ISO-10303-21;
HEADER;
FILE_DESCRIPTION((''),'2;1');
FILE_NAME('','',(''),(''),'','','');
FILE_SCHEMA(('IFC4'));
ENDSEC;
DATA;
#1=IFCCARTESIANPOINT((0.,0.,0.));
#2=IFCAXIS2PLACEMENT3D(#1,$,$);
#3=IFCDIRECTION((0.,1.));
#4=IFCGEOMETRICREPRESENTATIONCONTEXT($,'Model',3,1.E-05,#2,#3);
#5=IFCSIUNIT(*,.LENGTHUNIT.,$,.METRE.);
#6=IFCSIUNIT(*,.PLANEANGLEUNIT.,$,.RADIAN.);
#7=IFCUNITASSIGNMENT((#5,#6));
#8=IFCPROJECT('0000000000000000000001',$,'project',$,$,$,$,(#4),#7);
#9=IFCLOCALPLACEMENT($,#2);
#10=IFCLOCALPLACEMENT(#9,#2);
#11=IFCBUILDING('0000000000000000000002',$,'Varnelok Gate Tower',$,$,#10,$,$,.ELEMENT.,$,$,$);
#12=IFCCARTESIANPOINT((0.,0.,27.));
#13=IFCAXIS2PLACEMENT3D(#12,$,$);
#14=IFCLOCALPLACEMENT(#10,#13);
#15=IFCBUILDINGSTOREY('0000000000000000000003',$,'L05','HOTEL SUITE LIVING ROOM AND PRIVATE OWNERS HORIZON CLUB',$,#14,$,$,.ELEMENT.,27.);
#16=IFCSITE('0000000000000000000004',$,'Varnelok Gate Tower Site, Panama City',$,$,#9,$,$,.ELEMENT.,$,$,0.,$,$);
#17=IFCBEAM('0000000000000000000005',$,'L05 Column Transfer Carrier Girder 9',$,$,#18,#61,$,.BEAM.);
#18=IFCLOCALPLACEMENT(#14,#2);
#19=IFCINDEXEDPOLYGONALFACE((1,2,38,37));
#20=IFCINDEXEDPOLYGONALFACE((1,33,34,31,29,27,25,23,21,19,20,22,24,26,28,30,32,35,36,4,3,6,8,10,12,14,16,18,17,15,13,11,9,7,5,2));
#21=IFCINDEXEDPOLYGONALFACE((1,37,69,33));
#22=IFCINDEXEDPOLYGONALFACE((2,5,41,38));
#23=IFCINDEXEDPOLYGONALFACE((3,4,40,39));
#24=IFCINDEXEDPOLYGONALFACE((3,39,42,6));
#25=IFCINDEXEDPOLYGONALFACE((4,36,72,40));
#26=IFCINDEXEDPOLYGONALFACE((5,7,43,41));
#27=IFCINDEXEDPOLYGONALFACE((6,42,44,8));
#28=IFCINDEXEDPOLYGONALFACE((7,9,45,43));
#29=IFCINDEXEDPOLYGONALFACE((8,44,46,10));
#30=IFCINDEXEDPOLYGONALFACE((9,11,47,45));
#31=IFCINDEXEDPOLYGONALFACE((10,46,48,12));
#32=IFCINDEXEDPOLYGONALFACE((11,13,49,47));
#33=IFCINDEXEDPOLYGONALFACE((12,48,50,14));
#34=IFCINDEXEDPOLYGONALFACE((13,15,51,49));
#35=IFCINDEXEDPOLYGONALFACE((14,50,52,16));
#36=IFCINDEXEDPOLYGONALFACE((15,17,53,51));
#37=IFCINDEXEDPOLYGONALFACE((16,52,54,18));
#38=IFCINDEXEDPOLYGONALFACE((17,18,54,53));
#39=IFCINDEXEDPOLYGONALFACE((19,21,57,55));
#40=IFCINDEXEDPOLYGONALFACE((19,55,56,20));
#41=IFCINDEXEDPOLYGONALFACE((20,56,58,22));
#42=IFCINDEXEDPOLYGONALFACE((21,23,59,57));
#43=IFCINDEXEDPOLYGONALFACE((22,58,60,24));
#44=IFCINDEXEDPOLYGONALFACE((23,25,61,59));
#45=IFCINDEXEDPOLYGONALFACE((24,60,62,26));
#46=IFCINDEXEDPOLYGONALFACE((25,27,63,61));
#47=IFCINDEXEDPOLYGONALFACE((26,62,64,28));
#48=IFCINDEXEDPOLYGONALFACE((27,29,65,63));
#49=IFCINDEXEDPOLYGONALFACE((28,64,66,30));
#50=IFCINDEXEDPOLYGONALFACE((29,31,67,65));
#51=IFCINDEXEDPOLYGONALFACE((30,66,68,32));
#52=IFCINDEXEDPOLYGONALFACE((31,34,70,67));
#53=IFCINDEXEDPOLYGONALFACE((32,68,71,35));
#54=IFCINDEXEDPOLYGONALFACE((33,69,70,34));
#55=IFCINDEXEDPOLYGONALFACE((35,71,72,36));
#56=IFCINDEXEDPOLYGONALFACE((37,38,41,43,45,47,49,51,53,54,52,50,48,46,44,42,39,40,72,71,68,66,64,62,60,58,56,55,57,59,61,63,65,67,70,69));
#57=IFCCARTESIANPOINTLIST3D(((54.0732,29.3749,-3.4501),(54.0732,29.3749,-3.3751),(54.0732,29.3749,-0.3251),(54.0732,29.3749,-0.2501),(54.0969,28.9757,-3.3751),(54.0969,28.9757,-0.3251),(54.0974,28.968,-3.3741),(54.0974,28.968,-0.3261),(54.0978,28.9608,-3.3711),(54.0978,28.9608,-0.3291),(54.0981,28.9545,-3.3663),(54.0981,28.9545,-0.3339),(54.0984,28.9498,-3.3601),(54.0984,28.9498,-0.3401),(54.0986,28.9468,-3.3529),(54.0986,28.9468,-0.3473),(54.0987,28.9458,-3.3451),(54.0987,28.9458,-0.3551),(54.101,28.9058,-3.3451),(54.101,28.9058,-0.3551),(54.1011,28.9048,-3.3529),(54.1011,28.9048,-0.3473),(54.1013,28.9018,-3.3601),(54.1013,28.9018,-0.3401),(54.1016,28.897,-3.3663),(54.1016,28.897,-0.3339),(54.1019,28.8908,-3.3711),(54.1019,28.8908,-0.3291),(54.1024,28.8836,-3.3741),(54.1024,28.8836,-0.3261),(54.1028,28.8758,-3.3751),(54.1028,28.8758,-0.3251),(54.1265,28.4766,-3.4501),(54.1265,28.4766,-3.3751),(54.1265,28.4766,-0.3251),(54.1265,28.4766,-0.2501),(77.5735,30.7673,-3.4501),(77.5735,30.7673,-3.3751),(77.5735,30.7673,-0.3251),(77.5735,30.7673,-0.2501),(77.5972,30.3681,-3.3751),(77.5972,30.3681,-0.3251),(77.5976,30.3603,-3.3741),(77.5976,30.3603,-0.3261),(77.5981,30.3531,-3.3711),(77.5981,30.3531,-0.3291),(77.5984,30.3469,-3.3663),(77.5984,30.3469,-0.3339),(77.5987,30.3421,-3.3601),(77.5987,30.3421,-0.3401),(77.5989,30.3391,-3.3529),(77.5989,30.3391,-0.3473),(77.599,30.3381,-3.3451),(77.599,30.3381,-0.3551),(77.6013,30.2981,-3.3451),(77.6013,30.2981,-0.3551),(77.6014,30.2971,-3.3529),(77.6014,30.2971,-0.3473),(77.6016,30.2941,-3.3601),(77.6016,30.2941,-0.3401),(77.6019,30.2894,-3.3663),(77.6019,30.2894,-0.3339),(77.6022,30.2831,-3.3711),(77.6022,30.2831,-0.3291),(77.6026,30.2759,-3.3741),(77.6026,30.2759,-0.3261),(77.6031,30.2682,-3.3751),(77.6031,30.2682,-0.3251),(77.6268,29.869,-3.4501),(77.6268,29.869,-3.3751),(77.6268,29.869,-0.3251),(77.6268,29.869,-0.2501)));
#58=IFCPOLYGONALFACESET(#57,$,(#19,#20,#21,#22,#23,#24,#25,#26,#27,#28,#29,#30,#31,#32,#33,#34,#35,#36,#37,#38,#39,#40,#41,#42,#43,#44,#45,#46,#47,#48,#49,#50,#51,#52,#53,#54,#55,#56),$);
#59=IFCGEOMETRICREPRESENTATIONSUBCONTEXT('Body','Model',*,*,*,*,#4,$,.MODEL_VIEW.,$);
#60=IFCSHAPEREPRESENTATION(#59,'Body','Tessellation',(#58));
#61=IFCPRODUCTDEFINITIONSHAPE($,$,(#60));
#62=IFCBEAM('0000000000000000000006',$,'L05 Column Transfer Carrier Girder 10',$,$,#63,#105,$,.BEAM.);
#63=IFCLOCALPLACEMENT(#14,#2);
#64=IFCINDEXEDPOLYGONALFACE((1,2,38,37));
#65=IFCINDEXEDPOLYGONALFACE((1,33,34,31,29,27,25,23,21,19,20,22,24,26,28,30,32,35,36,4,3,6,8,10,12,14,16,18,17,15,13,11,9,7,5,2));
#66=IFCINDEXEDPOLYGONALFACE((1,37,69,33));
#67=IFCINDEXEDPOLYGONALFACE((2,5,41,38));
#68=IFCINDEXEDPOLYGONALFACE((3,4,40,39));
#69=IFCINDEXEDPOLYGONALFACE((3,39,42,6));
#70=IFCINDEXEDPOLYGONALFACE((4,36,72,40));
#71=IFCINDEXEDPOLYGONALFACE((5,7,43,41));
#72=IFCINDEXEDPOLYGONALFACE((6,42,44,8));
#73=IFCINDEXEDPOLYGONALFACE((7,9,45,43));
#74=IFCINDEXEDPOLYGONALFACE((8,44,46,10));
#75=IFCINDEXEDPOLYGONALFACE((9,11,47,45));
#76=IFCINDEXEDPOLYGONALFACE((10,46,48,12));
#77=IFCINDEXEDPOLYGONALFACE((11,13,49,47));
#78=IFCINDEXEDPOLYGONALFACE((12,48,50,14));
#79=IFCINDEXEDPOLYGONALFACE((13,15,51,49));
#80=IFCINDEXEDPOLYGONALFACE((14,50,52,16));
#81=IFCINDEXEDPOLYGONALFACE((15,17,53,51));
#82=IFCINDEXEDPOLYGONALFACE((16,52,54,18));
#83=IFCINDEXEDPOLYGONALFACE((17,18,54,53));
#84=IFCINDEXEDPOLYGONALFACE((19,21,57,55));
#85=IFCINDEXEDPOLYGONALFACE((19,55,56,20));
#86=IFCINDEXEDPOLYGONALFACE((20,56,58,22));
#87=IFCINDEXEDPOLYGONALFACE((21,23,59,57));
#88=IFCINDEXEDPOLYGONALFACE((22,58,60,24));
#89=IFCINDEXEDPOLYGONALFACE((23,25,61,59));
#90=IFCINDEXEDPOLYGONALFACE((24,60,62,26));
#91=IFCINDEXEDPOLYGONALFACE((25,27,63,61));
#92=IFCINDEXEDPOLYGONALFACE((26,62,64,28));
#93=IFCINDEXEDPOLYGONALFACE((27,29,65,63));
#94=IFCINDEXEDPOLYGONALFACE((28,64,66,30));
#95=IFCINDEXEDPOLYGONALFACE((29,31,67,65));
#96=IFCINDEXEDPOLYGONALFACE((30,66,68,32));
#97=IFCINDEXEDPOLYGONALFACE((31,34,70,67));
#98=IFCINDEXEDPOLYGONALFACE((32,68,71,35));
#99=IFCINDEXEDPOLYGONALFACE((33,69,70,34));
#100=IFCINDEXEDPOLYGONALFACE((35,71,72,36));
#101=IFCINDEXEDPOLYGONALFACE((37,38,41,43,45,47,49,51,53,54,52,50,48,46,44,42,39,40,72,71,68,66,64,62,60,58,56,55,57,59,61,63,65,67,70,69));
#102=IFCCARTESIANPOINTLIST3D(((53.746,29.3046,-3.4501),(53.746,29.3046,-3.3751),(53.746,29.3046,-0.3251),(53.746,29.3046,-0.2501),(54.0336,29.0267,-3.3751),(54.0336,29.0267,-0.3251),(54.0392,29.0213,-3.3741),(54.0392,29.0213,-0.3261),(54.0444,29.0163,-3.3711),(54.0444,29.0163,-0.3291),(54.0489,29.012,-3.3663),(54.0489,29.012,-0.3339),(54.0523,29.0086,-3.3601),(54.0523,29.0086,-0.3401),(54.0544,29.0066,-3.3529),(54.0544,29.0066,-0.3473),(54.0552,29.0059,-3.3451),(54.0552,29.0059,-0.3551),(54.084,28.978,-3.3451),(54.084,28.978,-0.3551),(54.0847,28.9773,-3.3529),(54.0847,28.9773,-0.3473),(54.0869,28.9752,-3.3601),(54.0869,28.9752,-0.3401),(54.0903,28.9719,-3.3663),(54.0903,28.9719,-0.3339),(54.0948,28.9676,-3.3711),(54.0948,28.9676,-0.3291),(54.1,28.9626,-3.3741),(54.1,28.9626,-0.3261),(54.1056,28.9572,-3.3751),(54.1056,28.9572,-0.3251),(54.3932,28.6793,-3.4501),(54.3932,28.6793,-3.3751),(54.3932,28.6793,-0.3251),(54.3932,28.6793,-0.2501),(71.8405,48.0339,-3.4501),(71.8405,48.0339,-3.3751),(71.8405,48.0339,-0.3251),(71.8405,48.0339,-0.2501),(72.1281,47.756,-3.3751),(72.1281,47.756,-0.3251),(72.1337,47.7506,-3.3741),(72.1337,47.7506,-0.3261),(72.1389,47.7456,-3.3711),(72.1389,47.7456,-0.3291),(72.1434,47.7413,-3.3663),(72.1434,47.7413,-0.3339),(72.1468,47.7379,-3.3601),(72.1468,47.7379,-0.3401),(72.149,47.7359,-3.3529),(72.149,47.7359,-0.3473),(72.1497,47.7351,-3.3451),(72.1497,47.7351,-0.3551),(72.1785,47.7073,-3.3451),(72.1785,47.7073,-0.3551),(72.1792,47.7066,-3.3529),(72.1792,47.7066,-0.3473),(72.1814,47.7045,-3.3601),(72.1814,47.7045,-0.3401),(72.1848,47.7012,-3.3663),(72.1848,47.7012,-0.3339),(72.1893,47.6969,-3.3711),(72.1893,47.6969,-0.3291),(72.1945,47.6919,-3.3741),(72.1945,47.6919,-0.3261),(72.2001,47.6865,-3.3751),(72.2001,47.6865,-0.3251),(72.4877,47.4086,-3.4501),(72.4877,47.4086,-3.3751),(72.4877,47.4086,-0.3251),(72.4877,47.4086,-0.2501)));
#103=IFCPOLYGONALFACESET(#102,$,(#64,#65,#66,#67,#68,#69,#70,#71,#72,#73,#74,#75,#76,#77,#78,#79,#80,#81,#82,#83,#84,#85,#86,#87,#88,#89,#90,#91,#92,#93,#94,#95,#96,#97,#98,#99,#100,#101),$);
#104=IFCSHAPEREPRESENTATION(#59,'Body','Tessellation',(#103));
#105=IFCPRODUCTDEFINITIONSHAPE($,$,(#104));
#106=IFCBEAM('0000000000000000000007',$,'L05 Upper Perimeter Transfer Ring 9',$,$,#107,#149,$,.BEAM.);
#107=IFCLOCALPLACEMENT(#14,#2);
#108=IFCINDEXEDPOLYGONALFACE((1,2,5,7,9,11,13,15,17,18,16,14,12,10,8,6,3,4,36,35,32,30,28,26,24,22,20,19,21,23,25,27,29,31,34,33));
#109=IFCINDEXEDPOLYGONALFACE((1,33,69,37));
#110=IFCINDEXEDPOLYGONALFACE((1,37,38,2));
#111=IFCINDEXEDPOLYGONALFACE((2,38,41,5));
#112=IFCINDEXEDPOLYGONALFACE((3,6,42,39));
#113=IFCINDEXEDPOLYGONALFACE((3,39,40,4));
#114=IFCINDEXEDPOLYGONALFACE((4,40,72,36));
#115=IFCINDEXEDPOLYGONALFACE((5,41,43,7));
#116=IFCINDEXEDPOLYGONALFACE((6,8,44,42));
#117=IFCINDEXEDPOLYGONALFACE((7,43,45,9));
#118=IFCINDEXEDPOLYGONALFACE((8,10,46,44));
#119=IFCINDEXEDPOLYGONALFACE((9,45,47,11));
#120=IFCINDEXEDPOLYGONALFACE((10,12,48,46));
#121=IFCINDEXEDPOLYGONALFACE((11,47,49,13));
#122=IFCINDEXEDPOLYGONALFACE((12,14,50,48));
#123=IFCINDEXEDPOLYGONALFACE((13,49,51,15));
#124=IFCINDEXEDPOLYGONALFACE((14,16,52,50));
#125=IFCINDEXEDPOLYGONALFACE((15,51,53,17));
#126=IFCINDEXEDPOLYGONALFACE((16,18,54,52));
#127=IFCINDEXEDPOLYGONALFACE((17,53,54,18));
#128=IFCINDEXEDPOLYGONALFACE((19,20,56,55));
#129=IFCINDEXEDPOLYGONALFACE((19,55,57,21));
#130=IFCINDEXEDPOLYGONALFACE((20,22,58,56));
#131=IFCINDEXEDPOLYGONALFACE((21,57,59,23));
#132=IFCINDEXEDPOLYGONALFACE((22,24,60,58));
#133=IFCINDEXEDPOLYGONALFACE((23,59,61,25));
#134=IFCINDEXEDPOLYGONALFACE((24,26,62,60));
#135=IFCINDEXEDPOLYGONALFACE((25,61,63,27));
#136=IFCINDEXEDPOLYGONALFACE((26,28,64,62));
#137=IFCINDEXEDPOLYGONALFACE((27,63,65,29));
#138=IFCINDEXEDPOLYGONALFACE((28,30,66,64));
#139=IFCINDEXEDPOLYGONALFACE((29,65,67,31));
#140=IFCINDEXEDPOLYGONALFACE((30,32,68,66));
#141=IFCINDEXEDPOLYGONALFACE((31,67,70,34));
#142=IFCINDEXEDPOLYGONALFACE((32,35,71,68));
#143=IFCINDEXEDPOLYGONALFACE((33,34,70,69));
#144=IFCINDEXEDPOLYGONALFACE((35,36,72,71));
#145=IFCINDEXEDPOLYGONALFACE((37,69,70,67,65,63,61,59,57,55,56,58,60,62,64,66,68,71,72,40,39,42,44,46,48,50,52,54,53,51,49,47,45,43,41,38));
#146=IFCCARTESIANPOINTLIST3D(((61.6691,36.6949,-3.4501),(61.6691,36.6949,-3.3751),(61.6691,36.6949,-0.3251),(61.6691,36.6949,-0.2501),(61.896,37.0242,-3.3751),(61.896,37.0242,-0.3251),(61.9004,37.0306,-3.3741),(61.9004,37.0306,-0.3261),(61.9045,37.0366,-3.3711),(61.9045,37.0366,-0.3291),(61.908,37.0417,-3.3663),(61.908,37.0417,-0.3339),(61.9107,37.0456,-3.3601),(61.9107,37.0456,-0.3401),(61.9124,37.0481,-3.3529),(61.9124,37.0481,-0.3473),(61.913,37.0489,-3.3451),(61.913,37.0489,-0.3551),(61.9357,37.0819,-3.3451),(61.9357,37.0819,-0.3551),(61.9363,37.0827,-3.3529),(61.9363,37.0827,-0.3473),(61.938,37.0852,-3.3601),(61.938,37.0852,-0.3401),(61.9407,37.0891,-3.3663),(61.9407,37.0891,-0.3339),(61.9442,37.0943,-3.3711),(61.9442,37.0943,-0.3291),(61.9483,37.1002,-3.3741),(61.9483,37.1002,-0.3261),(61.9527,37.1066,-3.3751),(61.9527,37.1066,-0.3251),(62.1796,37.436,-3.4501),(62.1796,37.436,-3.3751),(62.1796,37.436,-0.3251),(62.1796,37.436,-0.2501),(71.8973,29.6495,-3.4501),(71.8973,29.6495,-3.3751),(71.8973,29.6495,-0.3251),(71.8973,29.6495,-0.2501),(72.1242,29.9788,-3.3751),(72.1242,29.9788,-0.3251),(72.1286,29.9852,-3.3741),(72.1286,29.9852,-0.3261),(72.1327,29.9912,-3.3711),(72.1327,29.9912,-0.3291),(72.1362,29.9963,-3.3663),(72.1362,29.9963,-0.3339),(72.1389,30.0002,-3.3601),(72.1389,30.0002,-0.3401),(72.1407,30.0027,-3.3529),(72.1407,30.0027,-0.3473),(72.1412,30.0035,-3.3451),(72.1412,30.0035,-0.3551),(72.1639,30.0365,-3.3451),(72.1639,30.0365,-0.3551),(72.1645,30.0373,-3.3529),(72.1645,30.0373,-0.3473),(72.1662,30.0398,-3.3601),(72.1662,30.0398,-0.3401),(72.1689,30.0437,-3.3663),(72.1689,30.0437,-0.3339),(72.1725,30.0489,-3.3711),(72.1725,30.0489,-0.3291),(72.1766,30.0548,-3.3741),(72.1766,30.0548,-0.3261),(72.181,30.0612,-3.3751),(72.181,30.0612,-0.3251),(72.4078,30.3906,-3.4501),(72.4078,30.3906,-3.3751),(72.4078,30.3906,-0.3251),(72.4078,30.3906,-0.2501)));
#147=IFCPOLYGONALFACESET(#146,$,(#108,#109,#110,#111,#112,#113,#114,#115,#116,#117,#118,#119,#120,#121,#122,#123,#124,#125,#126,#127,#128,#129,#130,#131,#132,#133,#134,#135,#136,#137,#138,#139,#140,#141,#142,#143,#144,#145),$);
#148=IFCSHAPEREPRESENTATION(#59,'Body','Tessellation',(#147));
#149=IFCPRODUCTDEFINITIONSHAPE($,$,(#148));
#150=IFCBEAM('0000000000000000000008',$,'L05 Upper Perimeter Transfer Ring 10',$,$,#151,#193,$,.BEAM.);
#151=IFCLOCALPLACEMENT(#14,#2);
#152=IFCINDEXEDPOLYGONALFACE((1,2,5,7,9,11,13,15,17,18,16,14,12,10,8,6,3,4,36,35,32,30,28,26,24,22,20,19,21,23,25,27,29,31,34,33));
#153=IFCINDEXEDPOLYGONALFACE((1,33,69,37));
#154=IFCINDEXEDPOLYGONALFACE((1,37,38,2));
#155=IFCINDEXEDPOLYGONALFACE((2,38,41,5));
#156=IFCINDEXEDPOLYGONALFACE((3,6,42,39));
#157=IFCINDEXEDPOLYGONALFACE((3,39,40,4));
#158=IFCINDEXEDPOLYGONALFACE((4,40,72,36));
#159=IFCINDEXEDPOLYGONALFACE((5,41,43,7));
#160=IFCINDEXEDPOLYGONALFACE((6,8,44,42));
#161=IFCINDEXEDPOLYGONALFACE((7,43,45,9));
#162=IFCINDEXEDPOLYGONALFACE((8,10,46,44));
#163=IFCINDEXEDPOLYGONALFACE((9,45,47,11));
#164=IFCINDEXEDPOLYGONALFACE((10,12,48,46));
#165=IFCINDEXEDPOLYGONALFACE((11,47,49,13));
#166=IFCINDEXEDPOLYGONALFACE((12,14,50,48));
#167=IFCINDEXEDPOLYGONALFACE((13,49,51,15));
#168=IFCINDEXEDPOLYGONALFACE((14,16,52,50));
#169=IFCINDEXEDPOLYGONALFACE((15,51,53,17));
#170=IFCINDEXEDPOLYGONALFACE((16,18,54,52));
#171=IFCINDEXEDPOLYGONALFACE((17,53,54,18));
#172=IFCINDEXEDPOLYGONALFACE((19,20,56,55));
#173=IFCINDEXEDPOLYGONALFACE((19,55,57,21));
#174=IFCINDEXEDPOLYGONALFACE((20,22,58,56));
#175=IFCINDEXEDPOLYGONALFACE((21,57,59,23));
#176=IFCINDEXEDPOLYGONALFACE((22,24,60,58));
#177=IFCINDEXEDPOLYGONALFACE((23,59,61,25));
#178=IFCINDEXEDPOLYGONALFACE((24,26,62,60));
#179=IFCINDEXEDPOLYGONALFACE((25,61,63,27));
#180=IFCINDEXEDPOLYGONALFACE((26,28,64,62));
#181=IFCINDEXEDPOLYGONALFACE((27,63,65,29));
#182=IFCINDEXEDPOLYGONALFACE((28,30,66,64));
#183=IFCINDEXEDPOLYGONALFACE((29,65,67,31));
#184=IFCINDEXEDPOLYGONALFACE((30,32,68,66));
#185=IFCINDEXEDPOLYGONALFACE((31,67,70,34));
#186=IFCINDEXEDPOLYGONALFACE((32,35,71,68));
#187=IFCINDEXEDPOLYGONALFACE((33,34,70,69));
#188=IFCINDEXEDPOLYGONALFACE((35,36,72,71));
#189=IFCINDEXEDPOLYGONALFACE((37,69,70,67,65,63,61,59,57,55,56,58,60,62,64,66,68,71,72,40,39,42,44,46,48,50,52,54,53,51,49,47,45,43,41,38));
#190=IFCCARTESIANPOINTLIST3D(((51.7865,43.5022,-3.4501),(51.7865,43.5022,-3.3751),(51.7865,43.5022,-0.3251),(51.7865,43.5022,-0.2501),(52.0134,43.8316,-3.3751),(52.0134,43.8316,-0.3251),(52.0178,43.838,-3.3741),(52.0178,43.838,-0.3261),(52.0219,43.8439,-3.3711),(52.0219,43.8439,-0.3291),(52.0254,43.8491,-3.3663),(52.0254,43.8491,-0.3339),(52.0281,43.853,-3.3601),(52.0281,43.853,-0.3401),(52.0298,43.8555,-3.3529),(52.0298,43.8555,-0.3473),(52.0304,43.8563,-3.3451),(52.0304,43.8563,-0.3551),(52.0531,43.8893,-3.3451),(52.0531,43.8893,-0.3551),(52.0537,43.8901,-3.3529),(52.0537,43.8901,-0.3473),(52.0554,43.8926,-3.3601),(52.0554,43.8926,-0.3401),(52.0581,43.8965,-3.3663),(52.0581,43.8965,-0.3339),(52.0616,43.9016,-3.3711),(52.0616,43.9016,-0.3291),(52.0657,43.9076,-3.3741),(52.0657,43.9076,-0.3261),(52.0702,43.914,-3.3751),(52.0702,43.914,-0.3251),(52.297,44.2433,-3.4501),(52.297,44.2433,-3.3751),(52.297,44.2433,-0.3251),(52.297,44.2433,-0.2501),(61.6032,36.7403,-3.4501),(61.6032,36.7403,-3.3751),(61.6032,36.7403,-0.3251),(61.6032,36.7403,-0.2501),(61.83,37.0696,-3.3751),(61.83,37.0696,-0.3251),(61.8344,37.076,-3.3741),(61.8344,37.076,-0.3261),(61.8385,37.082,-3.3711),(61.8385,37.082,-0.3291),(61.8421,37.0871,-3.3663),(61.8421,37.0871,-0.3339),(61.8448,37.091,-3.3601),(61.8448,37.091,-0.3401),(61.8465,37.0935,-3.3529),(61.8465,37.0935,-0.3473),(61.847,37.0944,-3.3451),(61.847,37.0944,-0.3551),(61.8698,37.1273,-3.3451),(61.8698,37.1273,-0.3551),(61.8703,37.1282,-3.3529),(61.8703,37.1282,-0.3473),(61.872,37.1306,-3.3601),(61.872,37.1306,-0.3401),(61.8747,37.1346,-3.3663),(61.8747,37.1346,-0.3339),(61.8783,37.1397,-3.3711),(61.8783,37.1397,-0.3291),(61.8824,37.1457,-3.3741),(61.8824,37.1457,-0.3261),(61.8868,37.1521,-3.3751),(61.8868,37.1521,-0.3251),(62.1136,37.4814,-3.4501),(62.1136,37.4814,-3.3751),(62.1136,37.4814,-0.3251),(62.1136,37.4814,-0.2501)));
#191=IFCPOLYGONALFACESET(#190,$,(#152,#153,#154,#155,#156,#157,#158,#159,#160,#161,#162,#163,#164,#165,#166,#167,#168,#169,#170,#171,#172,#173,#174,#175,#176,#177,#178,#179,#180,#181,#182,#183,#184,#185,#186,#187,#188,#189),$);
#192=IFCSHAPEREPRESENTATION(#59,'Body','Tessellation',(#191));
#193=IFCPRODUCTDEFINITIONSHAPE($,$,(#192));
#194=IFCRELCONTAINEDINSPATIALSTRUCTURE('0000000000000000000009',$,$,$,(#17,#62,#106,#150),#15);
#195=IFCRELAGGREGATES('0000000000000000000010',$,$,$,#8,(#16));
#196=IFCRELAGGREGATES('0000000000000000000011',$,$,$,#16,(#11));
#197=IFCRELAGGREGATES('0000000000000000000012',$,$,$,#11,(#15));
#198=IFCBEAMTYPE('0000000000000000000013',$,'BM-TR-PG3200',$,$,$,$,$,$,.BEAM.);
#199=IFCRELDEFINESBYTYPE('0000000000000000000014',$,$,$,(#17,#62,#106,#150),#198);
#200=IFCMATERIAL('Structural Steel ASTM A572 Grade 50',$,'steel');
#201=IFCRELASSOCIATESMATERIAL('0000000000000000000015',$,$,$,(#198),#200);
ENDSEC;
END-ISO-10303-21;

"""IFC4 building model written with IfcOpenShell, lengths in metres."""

from ifc_helpers import new_model, si_unit, direction, frame, origin, origin_2d, place, context, subcontext, project, spatial, i_section, extrude, material, material_profile, profile_set, type_object, element, save


model = new_model("IFC4")

# Units and contexts
model_context = context("Model", 3, precision=1e-05, world=origin(), true_north=direction((0.0, 1.0)))
body_context = subcontext(model_context, "Body", "Model", "MODEL_VIEW")
ifc_project = project(units=[si_unit("LENGTHUNIT", "METRE"), si_unit("PLANEANGLEUNIT", "RADIAN")], contexts=[model_context])

# Site, building, storey
site_placement = place(None, origin())
site = spatial("IfcSite", under=ifc_project, at=site_placement, Name="Varnelok Gate Tower Site, Panama City", CompositionType="ELEMENT", RefElevation=0.0)
building_placement = place(site_placement, origin())
building = spatial("IfcBuilding", under=site, at=building_placement, Name="Varnelok Gate Tower", CompositionType="ELEMENT")
storey_placement = place(building_placement, frame((0.0, 0.0, 27.0)))
storey = spatial("IfcBuildingStorey", under=building, at=storey_placement, Name="L05", Description="HOTEL SUITE LIVING ROOM AND PRIVATE OWNERS HORIZON CLUB", CompositionType="ELEMENT", Elevation=27.0)

# Beams
ifc_material_1 = material(Name="Structural Steel ASTM A572 Grade 50", Category="steel")
ifc_material_profile_1 = material_profile(ifc_material_1, i_section(OverallWidth=0.8999, OverallDepth=3.2, WebThickness=0.04, FlangeThickness=0.075, FilletRadius=0.03, at=origin_2d()), Name="PG3200X900")
ifc_profile_set_1 = profile_set([ifc_material_profile_1], Name="Structural Steel ASTM A572 Grade 50")
beam_type = type_object("IfcBeamType", Name="BM-TR-PG3200", PredefinedType="BEAM", material=ifc_profile_set_1)
beam_1_placement = place(storey_placement, frame((54.0999, 28.9258, -1.8501), z_axis=(0.998249, 0.059144, 0.0), x_axis=(-0.059144, 0.998249, 0.0)))
element("IfcBeam", 1, at=beam_1_placement, inside=storey, type_object=beam_type, Name="L05 Column Transfer Carrier Girder 9", PredefinedType="BEAM", context=body_context, shape_type="SweptSolid", body=[
    extrude(i_section(OverallWidth=0.8999, OverallDepth=3.2, WebThickness=0.04, FlangeThickness=0.075, FilletRadius=0.03, at=origin_2d()), origin(), (0.0, 0.0, 1.0), 23.5415),
])
beam_2_placement = place(storey_placement, frame((54.0696, 28.9919, -1.8501), z_axis=(0.694814, 0.719189, 0.0), x_axis=(-0.719189, 0.694814, 0.0)))
element("IfcBeam", 2, at=beam_2_placement, inside=storey, type_object=beam_type, Name="L05 Column Transfer Carrier Girder 10", PredefinedType="BEAM", context=body_context, shape_type="SweptSolid", body=[
    extrude(i_section(OverallWidth=0.8999, OverallDepth=3.2, WebThickness=0.04, FlangeThickness=0.075, FilletRadius=0.03, at=origin_2d()), origin(), (0.0, 0.0, 1.0), 26.0422),
])
beam_3_placement = place(storey_placement, frame((72.1526, 30.02, -1.8501), z_axis=(-0.823535, 0.567265, 0.0), x_axis=(-0.567265, -0.823535, 0.0)))
element("IfcBeam", 3, at=beam_3_placement, inside=storey, type_object=beam_type, Name="L05 Upper Perimeter Transfer Ring 9", PredefinedType="BEAM", context=body_context, shape_type="SweptSolid", body=[
    extrude(i_section(OverallWidth=0.8999, OverallDepth=3.2, WebThickness=0.04, FlangeThickness=0.075, FilletRadius=0.03, at=origin_2d()), origin(), (0.0, 0.0, 1.0), 12.4199),
])
beam_4_placement = place(storey_placement, frame((61.8584, 37.1108, -1.8501), z_axis=(-0.823532, 0.56727, 0.0), x_axis=(-0.56727, -0.823532, 0.0)))
element("IfcBeam", 4, at=beam_4_placement, inside=storey, type_object=beam_type, Name="L05 Upper Perimeter Transfer Ring 10", PredefinedType="BEAM", context=body_context, shape_type="SweptSolid", body=[
    extrude(i_section(OverallWidth=0.8999, OverallDepth=3.2, WebThickness=0.04, FlangeThickness=0.075, FilletRadius=0.03, at=origin_2d()), origin(), (0.0, 0.0, 1.0), 11.9202),
])

save(model, "model.ifc")
